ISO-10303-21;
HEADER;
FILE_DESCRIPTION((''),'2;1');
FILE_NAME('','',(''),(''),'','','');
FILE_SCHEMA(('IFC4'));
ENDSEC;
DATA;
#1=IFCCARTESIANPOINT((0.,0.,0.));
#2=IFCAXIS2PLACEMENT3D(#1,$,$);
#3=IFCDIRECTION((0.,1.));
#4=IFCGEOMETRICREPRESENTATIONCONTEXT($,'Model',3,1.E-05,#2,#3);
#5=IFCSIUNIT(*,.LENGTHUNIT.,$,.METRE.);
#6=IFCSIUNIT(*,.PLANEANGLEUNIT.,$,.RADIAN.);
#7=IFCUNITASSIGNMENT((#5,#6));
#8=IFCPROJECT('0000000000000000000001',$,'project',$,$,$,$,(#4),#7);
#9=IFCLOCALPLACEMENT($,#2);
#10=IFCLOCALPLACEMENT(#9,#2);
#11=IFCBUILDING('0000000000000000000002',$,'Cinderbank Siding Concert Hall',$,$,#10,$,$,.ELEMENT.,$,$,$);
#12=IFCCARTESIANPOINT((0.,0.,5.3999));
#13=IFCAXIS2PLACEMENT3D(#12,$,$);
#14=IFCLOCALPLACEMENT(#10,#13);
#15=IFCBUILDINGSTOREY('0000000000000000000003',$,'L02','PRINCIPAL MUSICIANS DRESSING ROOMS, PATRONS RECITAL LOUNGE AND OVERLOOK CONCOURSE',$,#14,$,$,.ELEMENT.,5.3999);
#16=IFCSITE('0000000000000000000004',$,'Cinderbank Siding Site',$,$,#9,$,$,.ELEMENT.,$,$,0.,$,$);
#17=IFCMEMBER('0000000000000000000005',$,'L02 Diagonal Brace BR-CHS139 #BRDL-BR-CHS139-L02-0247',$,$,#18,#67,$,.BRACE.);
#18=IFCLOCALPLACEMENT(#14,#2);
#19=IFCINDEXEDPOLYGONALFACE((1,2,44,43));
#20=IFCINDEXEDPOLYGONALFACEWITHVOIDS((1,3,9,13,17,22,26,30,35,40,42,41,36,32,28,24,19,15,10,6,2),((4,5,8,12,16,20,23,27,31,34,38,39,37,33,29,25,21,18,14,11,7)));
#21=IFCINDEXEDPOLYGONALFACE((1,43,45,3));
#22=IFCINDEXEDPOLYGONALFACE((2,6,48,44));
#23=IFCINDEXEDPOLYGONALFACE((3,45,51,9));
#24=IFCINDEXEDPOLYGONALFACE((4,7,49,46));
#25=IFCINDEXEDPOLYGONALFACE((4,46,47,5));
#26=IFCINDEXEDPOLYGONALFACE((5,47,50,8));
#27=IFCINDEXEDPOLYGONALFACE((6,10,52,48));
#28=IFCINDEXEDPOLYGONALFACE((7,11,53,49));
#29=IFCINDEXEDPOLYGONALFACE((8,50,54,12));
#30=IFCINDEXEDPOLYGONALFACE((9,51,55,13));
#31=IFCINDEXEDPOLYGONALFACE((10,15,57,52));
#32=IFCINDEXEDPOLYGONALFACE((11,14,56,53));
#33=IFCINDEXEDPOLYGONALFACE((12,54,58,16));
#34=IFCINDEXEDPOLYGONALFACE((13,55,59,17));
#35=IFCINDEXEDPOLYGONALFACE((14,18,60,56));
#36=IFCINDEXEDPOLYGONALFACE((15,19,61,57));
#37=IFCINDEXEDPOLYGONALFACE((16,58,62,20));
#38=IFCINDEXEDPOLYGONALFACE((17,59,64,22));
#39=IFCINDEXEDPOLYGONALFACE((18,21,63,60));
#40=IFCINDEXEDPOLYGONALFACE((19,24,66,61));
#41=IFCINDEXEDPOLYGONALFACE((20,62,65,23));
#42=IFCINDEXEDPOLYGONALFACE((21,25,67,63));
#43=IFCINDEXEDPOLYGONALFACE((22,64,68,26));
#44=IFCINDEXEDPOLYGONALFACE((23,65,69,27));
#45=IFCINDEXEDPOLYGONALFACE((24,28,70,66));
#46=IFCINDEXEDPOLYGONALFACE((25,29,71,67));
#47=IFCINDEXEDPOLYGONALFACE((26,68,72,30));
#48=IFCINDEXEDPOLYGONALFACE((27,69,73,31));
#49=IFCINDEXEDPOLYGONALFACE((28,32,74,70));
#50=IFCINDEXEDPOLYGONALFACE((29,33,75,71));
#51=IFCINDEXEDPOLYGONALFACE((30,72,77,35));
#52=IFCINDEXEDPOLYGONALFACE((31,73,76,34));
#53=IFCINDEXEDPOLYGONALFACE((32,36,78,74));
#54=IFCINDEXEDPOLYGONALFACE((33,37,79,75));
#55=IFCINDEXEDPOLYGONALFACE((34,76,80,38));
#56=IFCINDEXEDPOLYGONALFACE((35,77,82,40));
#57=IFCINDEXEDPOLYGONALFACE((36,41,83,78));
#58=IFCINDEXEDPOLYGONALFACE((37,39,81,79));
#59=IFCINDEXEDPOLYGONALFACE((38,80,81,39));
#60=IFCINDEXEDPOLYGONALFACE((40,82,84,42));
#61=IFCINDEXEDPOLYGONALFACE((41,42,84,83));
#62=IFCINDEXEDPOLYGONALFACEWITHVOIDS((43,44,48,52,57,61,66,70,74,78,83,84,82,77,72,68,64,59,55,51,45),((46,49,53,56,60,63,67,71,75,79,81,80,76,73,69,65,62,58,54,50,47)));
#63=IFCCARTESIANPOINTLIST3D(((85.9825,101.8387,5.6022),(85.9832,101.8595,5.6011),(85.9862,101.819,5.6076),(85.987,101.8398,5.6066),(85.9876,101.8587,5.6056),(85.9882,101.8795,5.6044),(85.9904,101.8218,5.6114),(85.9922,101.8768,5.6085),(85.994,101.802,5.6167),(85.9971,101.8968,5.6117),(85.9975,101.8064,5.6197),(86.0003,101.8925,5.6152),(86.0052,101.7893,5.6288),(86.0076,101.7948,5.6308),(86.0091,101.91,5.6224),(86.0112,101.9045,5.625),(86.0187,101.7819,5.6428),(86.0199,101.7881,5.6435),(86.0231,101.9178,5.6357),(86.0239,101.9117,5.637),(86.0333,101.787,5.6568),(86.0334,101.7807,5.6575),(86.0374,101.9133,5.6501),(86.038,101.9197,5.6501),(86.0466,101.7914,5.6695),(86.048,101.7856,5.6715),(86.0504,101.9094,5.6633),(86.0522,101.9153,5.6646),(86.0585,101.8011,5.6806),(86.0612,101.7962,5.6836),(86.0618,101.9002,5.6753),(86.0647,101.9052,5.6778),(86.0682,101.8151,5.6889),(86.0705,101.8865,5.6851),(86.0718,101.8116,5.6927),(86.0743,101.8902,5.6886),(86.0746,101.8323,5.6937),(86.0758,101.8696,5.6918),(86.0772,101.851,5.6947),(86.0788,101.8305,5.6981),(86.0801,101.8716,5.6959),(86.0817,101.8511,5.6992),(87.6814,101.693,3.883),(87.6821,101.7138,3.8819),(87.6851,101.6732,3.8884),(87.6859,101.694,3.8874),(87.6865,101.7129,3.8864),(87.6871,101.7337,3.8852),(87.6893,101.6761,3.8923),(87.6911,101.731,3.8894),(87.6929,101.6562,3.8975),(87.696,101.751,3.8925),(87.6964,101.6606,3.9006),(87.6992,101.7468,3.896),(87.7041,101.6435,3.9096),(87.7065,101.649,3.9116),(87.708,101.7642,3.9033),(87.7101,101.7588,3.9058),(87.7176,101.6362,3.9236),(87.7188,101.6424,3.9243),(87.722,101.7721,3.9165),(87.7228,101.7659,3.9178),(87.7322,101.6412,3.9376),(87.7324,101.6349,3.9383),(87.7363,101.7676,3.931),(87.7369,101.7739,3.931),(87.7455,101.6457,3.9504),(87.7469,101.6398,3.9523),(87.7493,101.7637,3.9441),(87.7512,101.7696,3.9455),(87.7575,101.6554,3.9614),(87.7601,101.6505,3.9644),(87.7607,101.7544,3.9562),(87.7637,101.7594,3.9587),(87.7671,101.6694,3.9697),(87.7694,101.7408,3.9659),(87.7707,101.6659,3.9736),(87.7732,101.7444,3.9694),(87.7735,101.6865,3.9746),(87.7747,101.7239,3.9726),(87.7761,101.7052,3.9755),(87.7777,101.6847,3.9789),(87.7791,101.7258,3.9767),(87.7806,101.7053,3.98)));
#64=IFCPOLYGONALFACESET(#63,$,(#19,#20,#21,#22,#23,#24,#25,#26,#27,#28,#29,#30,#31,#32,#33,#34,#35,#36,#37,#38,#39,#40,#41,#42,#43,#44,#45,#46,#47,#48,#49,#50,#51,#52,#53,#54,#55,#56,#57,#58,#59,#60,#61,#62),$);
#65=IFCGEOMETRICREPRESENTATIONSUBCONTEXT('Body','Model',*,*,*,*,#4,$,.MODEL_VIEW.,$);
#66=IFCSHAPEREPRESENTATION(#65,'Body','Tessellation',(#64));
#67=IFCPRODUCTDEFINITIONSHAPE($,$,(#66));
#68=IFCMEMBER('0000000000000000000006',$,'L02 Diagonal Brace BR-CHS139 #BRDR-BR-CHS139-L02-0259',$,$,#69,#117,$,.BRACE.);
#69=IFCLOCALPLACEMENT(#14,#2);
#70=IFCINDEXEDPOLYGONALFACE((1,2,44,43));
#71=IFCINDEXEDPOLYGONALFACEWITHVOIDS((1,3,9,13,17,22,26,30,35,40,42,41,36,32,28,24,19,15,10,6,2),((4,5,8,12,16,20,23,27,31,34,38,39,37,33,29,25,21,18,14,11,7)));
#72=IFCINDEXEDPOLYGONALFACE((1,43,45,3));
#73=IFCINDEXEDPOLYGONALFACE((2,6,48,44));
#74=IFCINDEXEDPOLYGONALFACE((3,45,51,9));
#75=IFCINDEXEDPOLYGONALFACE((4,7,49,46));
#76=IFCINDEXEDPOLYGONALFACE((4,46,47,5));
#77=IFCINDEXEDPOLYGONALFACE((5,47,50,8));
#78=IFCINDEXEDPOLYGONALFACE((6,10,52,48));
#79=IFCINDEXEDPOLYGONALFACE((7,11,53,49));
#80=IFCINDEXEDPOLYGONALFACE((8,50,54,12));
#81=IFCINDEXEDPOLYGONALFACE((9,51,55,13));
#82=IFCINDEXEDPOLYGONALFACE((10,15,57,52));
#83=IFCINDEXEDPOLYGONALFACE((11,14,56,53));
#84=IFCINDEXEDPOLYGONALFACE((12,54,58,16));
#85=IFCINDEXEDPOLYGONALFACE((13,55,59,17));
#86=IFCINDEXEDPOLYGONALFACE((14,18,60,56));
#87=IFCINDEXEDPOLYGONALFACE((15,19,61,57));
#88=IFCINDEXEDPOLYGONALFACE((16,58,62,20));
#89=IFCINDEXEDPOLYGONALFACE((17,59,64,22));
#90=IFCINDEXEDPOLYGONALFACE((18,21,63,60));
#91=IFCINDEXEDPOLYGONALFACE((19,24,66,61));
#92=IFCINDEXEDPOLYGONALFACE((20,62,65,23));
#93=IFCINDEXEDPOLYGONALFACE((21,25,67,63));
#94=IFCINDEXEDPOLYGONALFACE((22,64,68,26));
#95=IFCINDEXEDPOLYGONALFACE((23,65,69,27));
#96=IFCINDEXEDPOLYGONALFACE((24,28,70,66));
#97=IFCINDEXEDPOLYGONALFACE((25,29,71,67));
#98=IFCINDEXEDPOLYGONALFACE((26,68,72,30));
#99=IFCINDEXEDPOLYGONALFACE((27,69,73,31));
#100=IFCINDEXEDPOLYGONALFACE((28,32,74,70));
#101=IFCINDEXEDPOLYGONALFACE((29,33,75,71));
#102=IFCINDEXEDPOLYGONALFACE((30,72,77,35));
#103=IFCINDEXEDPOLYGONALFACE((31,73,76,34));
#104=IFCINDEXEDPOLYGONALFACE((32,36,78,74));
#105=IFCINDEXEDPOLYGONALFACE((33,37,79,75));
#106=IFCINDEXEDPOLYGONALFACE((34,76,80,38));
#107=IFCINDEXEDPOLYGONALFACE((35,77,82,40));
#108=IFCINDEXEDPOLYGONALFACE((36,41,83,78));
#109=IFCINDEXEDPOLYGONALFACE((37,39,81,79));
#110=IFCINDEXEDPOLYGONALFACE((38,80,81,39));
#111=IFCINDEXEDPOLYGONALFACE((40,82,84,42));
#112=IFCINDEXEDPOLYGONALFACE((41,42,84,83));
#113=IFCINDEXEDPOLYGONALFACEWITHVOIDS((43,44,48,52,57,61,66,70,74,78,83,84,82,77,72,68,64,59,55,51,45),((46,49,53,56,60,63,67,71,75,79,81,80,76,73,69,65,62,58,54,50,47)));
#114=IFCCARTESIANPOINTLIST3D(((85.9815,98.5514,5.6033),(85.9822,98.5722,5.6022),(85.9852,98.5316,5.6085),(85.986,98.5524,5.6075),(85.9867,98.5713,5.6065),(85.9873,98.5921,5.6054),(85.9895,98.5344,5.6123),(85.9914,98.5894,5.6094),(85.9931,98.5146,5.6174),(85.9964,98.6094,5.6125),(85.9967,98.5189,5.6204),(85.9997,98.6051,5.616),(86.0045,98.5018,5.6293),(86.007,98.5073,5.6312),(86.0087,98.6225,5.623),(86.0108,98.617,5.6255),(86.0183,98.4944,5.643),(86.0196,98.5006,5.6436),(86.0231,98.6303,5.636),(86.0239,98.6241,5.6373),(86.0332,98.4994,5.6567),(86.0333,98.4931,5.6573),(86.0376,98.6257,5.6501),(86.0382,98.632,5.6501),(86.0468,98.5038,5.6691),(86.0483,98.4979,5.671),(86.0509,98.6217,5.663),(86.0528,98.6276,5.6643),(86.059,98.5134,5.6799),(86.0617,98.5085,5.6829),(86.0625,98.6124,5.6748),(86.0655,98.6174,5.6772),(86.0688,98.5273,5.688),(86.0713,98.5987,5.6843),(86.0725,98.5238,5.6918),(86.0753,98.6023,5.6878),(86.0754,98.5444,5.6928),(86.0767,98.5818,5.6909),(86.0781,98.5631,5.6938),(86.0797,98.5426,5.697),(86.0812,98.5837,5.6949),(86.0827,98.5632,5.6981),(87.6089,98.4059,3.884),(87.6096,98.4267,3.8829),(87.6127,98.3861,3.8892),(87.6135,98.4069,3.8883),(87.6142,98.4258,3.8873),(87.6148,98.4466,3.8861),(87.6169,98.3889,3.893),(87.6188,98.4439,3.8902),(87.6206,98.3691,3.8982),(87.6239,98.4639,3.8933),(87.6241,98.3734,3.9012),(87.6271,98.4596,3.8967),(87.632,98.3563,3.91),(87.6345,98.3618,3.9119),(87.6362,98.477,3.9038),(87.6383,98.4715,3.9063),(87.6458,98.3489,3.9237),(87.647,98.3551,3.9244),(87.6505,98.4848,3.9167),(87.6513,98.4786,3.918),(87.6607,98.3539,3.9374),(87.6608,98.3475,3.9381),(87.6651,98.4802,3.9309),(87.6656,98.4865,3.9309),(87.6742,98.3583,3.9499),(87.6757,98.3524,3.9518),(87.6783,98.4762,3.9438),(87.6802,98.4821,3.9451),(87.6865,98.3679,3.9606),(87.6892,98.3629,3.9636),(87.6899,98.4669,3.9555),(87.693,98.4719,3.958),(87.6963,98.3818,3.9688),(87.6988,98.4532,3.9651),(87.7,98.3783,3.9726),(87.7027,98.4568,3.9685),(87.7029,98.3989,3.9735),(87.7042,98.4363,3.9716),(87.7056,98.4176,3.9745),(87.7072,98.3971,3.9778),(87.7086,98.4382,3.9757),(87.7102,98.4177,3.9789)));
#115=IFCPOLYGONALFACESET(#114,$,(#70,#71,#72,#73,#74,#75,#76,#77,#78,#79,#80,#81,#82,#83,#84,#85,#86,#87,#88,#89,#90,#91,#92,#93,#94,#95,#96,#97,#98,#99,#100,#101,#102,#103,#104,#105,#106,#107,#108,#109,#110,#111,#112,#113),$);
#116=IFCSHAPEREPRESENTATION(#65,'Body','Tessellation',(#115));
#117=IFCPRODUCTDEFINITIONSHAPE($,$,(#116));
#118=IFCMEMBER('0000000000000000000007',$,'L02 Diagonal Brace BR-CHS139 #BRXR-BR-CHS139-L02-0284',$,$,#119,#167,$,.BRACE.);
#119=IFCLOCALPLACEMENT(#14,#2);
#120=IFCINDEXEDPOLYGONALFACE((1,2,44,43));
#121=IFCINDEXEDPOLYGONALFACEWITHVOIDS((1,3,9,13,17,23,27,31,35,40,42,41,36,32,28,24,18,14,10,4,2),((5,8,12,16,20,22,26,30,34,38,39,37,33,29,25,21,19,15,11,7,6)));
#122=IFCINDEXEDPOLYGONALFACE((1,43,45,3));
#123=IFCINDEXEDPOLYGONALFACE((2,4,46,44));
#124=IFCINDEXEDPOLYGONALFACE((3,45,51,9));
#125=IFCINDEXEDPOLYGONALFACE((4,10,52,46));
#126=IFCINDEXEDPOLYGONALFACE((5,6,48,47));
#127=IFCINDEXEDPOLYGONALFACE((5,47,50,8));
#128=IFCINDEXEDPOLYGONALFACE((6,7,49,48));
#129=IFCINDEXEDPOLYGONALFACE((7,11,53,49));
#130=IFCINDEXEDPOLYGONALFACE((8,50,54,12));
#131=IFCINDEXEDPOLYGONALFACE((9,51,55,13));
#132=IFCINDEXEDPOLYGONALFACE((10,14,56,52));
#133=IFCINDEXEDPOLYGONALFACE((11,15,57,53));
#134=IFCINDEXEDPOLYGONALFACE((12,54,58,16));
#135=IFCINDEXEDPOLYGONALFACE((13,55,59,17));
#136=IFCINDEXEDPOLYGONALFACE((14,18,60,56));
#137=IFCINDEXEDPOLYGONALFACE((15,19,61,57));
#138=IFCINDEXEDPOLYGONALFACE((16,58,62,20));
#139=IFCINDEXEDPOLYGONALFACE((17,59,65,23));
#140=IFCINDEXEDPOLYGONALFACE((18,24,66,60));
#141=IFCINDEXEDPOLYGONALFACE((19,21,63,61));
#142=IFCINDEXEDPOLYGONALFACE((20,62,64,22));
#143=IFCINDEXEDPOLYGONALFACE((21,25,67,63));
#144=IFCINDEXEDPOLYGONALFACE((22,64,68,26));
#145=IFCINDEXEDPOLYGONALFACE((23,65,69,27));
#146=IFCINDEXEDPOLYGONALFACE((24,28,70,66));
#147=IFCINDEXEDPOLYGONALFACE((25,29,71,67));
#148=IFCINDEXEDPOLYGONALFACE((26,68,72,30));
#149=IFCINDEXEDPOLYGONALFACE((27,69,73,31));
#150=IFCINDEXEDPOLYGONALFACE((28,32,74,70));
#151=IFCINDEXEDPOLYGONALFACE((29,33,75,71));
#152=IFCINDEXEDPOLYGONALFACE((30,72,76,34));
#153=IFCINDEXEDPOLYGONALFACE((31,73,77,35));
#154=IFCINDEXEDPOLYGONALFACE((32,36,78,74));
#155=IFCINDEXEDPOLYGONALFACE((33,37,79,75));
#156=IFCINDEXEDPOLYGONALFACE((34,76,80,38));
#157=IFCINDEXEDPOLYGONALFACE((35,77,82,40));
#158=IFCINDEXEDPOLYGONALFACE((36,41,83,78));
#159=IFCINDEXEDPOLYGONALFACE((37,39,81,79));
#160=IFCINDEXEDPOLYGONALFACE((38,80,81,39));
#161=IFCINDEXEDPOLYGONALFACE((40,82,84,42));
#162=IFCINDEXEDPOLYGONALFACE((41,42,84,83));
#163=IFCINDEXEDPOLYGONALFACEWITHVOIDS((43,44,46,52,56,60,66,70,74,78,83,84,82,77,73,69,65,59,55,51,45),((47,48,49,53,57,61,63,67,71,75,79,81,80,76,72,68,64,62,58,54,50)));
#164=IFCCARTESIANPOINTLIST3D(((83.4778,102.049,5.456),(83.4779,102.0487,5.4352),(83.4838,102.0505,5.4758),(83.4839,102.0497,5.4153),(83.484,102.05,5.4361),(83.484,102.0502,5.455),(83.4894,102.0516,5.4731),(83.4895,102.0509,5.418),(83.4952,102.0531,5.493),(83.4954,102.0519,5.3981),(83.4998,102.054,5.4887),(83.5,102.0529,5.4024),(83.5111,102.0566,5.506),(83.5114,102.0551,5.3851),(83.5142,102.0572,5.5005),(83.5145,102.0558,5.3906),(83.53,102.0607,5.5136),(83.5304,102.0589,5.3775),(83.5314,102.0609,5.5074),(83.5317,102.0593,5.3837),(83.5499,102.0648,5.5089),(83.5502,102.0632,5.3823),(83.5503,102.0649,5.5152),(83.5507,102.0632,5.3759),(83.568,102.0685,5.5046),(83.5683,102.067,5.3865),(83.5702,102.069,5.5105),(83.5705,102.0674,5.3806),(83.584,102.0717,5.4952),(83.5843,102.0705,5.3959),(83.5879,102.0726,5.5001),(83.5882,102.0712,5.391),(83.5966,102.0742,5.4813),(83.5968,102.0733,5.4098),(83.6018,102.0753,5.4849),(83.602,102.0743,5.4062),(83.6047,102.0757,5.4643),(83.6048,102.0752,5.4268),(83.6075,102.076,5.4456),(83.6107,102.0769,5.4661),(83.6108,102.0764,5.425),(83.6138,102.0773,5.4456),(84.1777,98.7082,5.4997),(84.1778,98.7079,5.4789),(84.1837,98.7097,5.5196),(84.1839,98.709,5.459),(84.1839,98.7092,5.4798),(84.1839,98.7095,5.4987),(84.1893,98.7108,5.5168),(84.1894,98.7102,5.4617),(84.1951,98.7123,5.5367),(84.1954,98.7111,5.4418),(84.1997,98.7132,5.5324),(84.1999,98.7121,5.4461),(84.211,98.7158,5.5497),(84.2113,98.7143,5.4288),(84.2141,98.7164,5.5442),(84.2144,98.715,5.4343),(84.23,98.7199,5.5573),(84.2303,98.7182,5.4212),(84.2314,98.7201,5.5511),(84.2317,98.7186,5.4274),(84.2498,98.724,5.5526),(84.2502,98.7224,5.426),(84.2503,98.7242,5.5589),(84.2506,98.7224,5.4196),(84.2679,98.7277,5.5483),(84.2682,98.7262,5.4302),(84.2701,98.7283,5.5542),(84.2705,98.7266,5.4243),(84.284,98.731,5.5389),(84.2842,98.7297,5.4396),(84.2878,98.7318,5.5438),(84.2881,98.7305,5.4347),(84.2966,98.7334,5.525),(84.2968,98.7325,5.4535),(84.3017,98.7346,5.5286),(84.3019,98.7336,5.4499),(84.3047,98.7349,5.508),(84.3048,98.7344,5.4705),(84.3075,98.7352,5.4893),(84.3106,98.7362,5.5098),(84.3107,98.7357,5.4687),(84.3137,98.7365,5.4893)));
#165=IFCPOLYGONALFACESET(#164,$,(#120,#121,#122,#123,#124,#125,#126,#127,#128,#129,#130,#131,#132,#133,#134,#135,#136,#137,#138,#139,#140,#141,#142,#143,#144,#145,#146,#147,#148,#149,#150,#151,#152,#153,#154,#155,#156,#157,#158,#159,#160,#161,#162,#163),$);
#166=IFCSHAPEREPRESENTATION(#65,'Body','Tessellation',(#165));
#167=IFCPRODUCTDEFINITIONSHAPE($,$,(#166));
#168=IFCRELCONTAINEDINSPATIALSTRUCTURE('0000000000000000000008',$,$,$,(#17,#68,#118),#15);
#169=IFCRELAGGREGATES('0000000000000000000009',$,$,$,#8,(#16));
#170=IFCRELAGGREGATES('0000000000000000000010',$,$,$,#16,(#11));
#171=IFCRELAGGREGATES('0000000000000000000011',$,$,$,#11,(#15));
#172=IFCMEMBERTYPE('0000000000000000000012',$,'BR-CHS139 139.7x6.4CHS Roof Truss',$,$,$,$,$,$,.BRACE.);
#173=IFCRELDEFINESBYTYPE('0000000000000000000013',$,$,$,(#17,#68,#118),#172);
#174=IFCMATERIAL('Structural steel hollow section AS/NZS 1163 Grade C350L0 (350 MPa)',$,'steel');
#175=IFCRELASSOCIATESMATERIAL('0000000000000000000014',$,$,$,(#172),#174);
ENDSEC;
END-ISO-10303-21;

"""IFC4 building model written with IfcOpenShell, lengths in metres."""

from ifc_helpers import new_model, si_unit, direction, frame, origin, origin_2d, place, context, subcontext, project, spatial, hollow_circle, extrude, material, material_profile, profile_set, type_object, element, save


model = new_model("IFC4")

# Units and contexts
model_context = context("Model", 3, precision=1e-05, world=origin(), true_north=direction((0.0, 1.0)))
body_context = subcontext(model_context, "Body", "Model", "MODEL_VIEW")
ifc_project = project(units=[si_unit("LENGTHUNIT", "METRE"), si_unit("PLANEANGLEUNIT", "RADIAN")], contexts=[model_context])

# Site, building, storey
site_placement = place(None, origin())
site = spatial("IfcSite", under=ifc_project, at=site_placement, Name="Cinderbank Siding Site", CompositionType="ELEMENT", RefElevation=0.0)
building_placement = place(site_placement, origin())
building = spatial("IfcBuilding", under=site, at=building_placement, Name="Cinderbank Siding Concert Hall", CompositionType="ELEMENT")
storey_placement = place(building_placement, frame((0.0, 0.0, 5.3999)))
storey = spatial("IfcBuildingStorey", under=building, at=storey_placement, Name="L02", Description="PRINCIPAL MUSICIANS DRESSING ROOMS, PATRONS RECITAL LOUNGE AND OVERLOOK CONCOURSE", CompositionType="ELEMENT", Elevation=5.3999)

# Members
ifc_material_1 = material(Name="Structural steel hollow section AS/NZS 1163 Grade C350L0 (350 MPa)", Category="steel")
ifc_material_profile_1 = material_profile(ifc_material_1, hollow_circle(Radius=0.0698, WallThickness=0.0063, at=origin_2d()), Name="139.7x6.4CHS", Category="LoadBearing")
ifc_profile_set_1 = profile_set([ifc_material_profile_1], Name="Structural steel hollow section AS/NZS 1163 Grade C350L0 (350 MPa)")
member_type_1 = type_object("IfcMemberType", Name="BR-CHS139 139.7x6.4CHS Roof Truss", PredefinedType="BRACE", material=ifc_profile_set_1)
member_1_placement = place(storey_placement, frame((86.032, 101.8501, 5.6501), z_axis=(0.701628, -0.060191, -0.709996), x_axis=(0.085474, 0.99634, 0.0)))
element("IfcMember", 1, at=member_1_placement, inside=storey, type_object=member_type_1, Name="L02 Diagonal Brace BR-CHS139 #BRDL-BR-CHS139-L02-0247", PredefinedType="BRACE", context=body_context, shape_type="SweptSolid", body=[
    extrude(hollow_circle(Radius=0.0698, WallThickness=0.0063, at=origin_2d()), origin(), (0.0, 0.0, 1.0), 2.4214),
])
member_2_placement = place(storey_placement, frame((86.032, 98.5625, 5.6501), z_axis=(0.686158, -0.061349, -0.724861), x_axis=(0.089054, 0.996027, 0.0)))
element("IfcMember", 2, at=member_2_placement, inside=storey, type_object=member_type_1, Name="L02 Diagonal Brace BR-CHS139 #BRDR-BR-CHS139-L02-0259", PredefinedType="BRACE", context=body_context, shape_type="SweptSolid", body=[
    extrude(hollow_circle(Radius=0.0698, WallThickness=0.0063, at=origin_2d()), origin(), (0.0, 0.0, 1.0), 2.3718),
])
member_3_placement = place(storey_placement, frame((83.5454, 102.063, 5.4456), z_axis=(0.205046, -0.978669, 0.012802), x_axis=(0.978749, 0.205062, 0.0)))
element("IfcMember", 3, at=member_3_placement, inside=storey, type_object=member_type_1, Name="L02 Diagonal Brace BR-CHS139 #BRXR-BR-CHS139-L02-0284", PredefinedType="BRACE", context=body_context, shape_type="SweptSolid", body=[
    extrude(hollow_circle(Radius=0.0698, WallThickness=0.0063, at=origin_2d()), origin(), (0.0, 0.0, 1.0), 3.4136),
])

save(model, "model.ifc")
